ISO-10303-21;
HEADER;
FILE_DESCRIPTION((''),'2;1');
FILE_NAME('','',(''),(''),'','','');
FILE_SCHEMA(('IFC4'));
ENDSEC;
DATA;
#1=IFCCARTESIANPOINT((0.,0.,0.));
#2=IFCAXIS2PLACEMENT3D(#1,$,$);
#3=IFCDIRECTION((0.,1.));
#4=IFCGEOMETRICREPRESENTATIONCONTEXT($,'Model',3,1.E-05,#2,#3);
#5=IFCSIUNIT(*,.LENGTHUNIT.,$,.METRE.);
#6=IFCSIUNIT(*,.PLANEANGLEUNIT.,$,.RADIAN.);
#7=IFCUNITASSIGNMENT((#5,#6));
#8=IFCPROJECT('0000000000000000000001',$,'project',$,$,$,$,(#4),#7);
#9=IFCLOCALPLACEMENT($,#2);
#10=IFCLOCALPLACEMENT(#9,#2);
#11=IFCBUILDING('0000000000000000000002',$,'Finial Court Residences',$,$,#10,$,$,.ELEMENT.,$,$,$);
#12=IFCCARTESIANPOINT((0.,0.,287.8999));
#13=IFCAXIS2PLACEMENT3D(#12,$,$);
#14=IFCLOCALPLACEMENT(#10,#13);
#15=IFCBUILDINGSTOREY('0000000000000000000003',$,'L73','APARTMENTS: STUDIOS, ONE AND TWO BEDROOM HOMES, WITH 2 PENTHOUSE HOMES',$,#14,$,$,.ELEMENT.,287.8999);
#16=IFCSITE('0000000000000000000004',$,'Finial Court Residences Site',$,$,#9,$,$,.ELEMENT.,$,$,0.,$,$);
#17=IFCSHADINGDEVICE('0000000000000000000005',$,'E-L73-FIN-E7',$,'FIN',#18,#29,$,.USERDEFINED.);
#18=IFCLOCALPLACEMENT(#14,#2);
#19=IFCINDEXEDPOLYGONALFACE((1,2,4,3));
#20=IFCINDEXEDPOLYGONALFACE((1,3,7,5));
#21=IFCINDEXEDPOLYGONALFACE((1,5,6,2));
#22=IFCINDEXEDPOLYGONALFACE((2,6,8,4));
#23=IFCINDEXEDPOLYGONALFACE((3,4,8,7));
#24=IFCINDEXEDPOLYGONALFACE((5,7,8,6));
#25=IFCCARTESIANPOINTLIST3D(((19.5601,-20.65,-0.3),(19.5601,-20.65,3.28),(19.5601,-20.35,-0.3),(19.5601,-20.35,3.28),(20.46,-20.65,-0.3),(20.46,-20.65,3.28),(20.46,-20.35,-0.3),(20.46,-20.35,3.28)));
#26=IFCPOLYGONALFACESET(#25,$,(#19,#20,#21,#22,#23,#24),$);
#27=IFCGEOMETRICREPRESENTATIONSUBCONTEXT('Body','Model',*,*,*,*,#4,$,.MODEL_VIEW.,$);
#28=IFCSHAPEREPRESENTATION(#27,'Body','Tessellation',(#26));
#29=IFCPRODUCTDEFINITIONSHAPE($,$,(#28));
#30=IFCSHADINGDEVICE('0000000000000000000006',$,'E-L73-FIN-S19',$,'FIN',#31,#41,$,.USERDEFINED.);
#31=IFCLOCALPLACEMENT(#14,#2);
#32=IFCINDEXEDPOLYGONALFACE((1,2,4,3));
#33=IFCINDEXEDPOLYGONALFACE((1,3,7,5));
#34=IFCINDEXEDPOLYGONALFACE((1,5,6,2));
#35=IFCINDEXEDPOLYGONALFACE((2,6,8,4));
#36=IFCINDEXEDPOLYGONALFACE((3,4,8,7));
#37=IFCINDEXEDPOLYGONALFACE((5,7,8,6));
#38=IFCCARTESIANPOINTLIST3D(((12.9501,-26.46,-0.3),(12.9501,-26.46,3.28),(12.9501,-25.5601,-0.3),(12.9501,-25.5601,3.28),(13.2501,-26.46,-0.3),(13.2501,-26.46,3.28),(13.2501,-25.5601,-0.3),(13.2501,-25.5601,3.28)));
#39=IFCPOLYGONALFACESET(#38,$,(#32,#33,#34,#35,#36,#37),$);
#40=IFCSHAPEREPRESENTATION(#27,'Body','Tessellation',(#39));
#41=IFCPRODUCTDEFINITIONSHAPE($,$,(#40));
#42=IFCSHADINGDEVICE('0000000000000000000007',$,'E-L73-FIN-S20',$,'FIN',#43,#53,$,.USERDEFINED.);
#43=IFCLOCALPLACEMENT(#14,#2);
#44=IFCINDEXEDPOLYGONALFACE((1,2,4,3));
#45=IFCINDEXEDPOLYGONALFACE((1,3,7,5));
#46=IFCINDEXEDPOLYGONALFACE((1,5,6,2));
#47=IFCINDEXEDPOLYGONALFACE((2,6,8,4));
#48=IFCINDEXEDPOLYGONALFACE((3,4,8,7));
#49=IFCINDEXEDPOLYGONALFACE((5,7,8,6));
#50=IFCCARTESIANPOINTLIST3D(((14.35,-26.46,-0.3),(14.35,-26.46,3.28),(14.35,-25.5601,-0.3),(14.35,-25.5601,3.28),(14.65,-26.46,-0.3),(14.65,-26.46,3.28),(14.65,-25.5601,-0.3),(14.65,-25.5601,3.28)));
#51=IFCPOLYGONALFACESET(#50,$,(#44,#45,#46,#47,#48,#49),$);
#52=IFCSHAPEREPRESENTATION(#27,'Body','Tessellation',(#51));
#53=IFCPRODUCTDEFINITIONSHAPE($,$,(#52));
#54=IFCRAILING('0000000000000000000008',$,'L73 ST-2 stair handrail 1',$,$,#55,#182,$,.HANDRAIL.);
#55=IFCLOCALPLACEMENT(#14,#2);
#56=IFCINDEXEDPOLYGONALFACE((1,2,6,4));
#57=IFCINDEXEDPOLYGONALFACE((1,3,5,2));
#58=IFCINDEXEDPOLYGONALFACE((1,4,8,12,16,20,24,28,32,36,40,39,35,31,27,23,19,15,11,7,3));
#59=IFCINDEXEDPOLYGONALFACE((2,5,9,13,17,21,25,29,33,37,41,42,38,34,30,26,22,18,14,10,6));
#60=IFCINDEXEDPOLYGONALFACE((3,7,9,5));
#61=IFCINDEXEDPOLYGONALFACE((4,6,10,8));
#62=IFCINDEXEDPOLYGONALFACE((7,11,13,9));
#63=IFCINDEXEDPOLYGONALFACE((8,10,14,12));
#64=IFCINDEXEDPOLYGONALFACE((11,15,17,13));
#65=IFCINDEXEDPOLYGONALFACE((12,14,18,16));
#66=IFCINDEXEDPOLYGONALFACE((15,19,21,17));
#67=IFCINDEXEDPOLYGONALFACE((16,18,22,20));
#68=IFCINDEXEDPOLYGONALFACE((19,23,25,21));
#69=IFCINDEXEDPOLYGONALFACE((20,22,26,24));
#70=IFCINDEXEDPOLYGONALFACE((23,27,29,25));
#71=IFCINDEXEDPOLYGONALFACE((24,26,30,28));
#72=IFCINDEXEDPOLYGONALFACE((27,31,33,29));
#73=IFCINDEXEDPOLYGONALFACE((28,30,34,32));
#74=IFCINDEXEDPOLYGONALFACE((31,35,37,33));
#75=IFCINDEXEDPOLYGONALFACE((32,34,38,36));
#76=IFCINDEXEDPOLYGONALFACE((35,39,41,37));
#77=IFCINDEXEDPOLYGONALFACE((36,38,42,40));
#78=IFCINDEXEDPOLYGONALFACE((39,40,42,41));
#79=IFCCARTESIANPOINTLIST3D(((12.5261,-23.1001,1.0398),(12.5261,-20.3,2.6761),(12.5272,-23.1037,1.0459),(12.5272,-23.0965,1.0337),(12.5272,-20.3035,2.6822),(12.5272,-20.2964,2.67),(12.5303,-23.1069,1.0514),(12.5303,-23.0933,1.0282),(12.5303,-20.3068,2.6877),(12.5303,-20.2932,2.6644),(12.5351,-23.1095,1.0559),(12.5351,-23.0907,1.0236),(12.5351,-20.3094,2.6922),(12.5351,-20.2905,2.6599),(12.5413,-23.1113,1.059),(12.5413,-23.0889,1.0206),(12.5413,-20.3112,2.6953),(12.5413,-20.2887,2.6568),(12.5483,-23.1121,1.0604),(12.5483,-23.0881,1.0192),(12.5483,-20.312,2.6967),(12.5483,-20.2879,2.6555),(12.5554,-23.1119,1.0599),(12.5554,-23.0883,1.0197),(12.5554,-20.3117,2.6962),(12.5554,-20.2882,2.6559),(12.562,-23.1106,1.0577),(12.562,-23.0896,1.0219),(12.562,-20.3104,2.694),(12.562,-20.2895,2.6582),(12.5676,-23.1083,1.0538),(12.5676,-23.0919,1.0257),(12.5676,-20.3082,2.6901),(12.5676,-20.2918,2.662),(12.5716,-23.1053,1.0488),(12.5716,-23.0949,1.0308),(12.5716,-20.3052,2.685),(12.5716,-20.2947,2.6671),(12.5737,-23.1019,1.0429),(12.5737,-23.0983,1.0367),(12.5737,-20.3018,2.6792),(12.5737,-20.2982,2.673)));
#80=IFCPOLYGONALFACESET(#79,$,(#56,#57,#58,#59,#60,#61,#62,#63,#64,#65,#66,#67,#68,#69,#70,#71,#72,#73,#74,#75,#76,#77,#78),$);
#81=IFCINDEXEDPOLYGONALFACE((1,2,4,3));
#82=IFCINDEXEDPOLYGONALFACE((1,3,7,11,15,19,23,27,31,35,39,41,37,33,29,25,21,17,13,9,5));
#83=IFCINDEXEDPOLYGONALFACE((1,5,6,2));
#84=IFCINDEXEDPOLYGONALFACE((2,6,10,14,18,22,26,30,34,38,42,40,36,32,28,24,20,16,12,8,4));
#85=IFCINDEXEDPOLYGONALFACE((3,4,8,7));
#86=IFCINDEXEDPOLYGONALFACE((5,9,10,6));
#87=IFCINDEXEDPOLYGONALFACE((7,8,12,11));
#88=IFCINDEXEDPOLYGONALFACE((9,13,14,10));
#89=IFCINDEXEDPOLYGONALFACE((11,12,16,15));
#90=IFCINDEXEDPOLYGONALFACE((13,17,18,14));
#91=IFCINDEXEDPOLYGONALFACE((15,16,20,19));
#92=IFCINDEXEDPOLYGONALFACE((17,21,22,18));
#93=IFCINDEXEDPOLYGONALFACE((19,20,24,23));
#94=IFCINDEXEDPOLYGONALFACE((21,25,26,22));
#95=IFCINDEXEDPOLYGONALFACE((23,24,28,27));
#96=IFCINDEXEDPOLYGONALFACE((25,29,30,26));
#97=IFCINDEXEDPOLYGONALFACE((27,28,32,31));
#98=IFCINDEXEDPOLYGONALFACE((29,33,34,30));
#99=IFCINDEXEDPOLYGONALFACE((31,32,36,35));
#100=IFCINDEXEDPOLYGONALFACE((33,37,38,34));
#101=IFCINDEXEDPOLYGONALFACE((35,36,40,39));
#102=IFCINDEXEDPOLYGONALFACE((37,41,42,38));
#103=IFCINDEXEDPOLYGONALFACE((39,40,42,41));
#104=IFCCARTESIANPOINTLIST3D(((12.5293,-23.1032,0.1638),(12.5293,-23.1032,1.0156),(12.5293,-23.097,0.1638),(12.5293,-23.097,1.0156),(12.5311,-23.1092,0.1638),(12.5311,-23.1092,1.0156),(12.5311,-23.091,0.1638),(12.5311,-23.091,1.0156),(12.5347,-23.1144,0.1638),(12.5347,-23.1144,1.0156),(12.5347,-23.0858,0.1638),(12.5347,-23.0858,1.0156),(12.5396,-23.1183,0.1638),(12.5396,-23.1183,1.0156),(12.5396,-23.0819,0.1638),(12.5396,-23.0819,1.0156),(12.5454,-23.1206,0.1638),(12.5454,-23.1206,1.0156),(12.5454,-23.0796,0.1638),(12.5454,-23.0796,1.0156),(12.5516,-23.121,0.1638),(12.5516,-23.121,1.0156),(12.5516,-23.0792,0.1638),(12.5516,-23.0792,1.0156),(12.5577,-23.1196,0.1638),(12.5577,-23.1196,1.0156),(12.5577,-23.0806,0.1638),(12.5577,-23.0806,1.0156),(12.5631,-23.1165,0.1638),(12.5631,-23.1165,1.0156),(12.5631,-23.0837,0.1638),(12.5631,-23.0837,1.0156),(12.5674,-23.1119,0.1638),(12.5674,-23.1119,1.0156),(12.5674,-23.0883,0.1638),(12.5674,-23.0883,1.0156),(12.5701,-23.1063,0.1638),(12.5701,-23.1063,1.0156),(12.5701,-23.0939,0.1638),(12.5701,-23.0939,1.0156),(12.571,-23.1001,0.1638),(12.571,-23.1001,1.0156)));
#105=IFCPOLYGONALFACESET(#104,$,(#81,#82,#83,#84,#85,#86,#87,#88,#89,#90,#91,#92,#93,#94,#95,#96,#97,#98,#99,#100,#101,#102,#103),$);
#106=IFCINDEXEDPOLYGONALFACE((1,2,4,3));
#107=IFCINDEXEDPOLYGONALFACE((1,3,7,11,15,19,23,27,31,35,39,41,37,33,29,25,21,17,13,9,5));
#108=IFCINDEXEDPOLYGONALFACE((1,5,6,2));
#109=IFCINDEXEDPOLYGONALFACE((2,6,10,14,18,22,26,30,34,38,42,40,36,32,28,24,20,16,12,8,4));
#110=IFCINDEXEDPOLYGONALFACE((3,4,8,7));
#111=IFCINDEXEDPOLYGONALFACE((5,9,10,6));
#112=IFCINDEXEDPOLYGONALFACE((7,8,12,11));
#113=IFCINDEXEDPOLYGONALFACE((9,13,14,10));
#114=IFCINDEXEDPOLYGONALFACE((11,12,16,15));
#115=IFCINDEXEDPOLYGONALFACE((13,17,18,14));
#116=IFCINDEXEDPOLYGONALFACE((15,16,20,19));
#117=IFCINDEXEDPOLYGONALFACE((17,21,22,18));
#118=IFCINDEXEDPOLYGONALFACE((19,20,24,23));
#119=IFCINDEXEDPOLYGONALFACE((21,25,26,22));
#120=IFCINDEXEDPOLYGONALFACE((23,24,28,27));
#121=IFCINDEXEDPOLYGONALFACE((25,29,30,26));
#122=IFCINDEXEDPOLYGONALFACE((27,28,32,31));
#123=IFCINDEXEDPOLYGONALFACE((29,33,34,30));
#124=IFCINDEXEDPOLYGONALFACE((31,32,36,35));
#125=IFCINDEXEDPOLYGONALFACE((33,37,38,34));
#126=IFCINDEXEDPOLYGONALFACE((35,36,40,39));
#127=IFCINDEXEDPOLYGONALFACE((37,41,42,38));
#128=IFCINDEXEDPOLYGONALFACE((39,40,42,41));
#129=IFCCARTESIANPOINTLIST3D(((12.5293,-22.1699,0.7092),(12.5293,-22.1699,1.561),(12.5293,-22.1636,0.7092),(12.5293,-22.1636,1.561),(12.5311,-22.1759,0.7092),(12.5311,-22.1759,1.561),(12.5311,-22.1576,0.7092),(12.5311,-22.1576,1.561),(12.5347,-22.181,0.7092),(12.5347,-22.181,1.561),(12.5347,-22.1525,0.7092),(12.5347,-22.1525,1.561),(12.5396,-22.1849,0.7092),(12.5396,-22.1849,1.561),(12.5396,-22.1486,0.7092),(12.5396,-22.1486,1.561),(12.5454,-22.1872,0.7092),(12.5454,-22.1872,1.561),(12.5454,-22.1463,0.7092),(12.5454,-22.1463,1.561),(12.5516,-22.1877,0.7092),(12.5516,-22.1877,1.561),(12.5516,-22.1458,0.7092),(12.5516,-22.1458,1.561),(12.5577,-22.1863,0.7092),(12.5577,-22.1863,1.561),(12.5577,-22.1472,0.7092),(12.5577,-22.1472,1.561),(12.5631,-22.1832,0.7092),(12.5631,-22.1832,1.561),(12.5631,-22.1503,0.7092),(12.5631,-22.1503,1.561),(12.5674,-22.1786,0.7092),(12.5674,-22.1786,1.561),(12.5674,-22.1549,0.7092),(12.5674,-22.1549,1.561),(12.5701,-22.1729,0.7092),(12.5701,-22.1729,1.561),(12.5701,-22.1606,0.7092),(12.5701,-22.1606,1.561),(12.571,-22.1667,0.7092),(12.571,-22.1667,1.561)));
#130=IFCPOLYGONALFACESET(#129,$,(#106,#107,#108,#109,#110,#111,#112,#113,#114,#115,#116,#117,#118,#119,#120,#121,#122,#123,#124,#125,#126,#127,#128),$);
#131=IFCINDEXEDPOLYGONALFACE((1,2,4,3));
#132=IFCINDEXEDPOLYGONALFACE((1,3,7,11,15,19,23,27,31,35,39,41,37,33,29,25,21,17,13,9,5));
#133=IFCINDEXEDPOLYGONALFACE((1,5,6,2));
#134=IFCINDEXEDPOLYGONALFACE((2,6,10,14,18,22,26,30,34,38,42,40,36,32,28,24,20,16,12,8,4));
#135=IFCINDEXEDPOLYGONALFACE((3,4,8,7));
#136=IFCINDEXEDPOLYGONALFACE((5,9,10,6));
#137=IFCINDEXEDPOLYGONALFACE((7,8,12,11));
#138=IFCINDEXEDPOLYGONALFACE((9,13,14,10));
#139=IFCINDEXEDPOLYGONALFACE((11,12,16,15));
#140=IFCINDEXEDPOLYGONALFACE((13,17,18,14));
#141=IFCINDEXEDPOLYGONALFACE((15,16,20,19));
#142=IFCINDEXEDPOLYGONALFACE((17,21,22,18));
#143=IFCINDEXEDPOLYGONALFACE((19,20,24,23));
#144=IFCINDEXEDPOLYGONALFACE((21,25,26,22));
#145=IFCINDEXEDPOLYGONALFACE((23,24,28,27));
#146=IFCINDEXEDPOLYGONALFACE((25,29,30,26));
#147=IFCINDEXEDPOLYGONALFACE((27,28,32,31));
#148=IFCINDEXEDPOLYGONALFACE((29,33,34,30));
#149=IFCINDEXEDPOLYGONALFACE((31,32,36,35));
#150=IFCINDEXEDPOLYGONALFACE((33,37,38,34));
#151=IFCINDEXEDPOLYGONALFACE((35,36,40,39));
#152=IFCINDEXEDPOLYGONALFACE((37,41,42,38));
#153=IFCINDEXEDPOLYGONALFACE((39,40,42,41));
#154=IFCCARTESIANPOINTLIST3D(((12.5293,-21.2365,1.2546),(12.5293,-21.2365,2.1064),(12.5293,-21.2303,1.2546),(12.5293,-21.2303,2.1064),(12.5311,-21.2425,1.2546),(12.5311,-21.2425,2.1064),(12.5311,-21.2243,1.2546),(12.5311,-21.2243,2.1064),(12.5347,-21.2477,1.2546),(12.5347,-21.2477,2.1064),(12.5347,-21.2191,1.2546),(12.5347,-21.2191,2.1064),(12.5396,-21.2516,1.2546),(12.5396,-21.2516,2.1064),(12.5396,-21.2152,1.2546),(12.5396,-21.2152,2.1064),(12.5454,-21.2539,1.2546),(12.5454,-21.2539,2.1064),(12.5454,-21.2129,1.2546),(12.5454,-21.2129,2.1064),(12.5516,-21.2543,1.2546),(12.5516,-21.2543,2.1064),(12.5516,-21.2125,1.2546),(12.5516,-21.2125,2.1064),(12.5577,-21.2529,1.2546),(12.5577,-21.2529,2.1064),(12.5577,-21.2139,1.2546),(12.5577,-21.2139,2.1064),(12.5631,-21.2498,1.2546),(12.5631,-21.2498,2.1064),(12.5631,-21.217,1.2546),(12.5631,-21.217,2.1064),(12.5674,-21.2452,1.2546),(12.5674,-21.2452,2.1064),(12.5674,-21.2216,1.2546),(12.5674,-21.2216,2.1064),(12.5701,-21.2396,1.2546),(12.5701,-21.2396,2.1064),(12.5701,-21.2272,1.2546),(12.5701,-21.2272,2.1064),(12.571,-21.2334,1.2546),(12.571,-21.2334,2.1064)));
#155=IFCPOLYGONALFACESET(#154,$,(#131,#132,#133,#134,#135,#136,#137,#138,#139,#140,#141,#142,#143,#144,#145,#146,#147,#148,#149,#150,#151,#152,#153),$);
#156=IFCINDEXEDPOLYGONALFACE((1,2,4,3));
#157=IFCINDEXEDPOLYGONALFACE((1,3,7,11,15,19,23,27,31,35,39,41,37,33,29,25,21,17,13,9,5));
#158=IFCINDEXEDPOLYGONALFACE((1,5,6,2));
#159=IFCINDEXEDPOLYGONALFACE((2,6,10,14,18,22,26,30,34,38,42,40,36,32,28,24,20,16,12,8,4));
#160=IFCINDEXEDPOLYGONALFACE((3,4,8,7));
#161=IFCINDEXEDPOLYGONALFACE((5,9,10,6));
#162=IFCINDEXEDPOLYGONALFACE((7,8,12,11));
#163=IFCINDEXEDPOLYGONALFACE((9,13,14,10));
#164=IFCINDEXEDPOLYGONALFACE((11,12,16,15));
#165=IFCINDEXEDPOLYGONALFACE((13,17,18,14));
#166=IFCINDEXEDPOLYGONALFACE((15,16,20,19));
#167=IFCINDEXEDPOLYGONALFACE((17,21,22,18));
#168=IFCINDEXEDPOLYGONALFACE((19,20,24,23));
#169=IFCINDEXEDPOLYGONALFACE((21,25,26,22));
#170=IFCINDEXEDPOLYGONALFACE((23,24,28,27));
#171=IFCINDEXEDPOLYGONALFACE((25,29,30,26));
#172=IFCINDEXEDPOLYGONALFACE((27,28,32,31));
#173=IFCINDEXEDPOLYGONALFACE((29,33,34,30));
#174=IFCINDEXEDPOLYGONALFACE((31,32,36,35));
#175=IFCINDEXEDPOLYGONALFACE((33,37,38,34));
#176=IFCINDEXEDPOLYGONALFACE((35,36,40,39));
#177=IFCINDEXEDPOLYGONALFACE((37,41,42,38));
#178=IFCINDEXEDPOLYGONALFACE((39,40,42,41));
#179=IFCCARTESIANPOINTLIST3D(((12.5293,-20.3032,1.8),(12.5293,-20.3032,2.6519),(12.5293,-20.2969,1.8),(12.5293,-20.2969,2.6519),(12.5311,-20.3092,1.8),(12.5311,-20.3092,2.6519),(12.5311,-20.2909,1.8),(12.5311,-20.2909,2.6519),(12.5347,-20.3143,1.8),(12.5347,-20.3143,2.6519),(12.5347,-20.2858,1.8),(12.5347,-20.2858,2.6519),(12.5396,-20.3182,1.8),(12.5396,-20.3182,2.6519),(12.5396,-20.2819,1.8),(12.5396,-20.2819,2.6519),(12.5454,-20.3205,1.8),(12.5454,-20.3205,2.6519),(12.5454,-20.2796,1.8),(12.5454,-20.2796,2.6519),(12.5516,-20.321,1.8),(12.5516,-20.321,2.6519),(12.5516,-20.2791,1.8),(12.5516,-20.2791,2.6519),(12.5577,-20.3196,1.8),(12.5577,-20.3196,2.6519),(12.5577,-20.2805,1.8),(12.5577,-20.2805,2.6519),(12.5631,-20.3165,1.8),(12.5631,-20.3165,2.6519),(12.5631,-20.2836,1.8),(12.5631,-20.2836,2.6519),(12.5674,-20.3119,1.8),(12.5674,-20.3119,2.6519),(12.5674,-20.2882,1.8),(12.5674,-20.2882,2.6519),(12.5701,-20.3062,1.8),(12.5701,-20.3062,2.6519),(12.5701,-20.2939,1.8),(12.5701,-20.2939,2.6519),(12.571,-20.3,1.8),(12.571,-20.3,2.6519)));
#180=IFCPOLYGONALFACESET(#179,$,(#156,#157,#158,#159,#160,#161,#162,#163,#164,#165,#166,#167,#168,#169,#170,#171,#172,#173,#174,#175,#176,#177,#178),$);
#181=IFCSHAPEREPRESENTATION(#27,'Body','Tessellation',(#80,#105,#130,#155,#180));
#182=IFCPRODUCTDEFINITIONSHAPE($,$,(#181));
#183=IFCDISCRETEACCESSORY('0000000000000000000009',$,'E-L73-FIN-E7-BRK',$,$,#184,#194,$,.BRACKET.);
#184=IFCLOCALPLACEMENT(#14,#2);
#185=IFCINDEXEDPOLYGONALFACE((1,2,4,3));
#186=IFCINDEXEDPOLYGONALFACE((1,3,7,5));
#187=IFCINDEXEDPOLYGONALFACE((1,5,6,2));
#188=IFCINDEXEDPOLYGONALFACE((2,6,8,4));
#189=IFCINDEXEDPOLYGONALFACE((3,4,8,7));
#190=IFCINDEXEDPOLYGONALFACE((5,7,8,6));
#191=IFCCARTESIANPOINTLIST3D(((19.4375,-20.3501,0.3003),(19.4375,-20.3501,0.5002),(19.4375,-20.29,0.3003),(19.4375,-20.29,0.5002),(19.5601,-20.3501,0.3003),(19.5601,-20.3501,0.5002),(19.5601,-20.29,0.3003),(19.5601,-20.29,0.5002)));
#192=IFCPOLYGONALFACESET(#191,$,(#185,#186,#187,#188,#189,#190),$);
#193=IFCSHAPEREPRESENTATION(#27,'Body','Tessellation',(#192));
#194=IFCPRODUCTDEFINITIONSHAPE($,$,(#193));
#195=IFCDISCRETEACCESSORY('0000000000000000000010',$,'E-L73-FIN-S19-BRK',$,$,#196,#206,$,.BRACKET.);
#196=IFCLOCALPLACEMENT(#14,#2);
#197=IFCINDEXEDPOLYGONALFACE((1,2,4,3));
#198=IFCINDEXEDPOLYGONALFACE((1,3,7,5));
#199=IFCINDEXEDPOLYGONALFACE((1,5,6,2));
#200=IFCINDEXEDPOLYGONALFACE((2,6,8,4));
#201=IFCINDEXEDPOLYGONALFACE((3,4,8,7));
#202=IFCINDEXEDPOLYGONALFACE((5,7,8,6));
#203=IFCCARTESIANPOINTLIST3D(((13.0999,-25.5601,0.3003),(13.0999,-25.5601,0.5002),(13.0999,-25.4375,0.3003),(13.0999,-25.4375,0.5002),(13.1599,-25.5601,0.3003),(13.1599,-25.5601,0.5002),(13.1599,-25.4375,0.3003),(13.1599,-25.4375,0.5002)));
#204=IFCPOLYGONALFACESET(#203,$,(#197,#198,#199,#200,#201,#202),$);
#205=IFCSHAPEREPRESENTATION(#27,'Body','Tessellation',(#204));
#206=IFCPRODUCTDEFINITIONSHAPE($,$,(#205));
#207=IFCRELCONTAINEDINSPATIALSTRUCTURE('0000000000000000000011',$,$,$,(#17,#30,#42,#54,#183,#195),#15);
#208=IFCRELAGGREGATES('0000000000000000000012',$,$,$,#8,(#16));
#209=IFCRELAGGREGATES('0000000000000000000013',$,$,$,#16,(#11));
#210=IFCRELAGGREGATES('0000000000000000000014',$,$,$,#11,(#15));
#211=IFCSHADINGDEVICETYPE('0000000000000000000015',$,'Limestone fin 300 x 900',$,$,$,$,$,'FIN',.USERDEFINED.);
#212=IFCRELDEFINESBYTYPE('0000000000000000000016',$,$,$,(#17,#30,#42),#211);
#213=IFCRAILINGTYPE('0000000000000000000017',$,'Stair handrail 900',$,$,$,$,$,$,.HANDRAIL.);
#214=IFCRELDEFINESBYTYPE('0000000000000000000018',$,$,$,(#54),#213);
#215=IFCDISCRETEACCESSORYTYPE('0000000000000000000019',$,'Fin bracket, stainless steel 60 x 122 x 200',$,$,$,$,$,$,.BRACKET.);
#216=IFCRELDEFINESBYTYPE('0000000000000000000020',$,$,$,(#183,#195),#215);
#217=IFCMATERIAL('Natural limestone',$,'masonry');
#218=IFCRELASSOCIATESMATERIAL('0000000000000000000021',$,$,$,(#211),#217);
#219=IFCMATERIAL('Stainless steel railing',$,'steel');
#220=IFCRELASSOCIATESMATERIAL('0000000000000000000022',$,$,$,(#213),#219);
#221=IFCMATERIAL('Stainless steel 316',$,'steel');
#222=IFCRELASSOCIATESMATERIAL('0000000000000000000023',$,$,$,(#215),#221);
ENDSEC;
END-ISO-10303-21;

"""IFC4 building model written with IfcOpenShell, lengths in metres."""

from ifc_helpers import new_model, si_unit, direction, frame, origin, origin_2d, place, context, subcontext, project, spatial, rectangle, circle, extrude, material, type_object, element, save


model = new_model("IFC4")

# Units and contexts
model_context = context("Model", 3, precision=1e-05, world=origin(), true_north=direction((0.0, 1.0)))
body_context = subcontext(model_context, "Body", "Model", "MODEL_VIEW")
ifc_project = project(units=[si_unit("LENGTHUNIT", "METRE"), si_unit("PLANEANGLEUNIT", "RADIAN")], contexts=[model_context])

# Site, building, storey
site_placement = place(None, origin())
site = spatial("IfcSite", under=ifc_project, at=site_placement, Name="Finial Court Residences Site", CompositionType="ELEMENT", RefElevation=0.0)
building_placement = place(site_placement, origin())
building = spatial("IfcBuilding", under=site, at=building_placement, Name="Finial Court Residences", CompositionType="ELEMENT")
storey_placement = place(building_placement, frame((0.0, 0.0, 287.8999)))
storey = spatial("IfcBuildingStorey", under=building, at=storey_placement, Name="L73", Description="APARTMENTS: STUDIOS, ONE AND TWO BEDROOM HOMES, WITH 2 PENTHOUSE HOMES", CompositionType="ELEMENT", Elevation=287.8999)

# Shared definitions
ifc_material_1 = material(Name="Natural limestone", Category="masonry")

# Shading devices
shading_device_type = type_object("IfcShadingDeviceType", Name="Limestone fin 300 x 900", ElementType="FIN", PredefinedType="USERDEFINED", material=ifc_material_1)
shading_device_placement = place(storey_placement, frame((20.01, -20.5, -0.3), z_axis=(0.0, 0.0, 1.0), x_axis=(1.0, 0.0, 0.0)))
element("IfcShadingDevice", 1, at=shading_device_placement, inside=storey, type_object=shading_device_type, Name="E-L73-FIN-E7", ObjectType="FIN", PredefinedType="USERDEFINED", context=body_context, shape_type="SweptSolid", body=[
    extrude(rectangle(XDim=0.8999, YDim=0.3, at=origin_2d()), origin(), (0.0, 0.0, 1.0), 3.5801),
])
for number, where, z_axis, x_axis, name in (
    (2, (13.1001, -26.01, -0.3), (0.0, 0.0, 1.0), (1.0, 0.0, 0.0), "E-L73-FIN-S19"),
    (3, (14.5, -26.01, -0.3), (0.0, 0.0, 1.0), (1.0, 0.0, 0.0), "E-L73-FIN-S20"),
):
    element("IfcShadingDevice", number, at=place(storey_placement, frame(where, z_axis=z_axis, x_axis=x_axis)), inside=storey, type_object=shading_device_type, Name=name, ObjectType="FIN", PredefinedType="USERDEFINED", context=body_context, shape_type="SweptSolid", body=[
        extrude(rectangle(XDim=0.3, YDim=0.8999, at=origin_2d()), origin(), (0.0, 0.0, 1.0), 3.5801),
    ])

# Railing
ifc_material_2 = material(Name="Stainless steel railing", Category="steel")
railing_type = type_object("IfcRailingType", Name="Stair handrail 900", PredefinedType="HANDRAIL", material=ifc_material_2)
railing_placement = place(storey_placement, frame((12.55, -23.1001, 0.1638)))
element("IfcRailing", 4, at=railing_placement, inside=storey, type_object=railing_type, Name="L73 ST-2 stair handrail 1", PredefinedType="HANDRAIL", context=body_context, shape_type="SweptSolid", body=[
    extrude(circle(Radius=0.0239, at=origin_2d()), frame((0.0, 0.0, 0.876), z_axis=(0.0, 0.863394, 0.504531), x_axis=(-1.0, 0.0, 0.0)), (0.0, 0.0, 1.0), 3.2432),
    extrude(circle(Radius=0.021, at=origin_2d()), origin(), (0.0, 0.0, 1.0), 0.8518),
    extrude(circle(Radius=0.021, at=origin_2d()), frame((0.0, 0.9333, 0.5454)), (0.0, 0.0, 1.0), 0.8518),
    extrude(circle(Radius=0.021, at=origin_2d()), frame((0.0, 1.8667, 1.0908)), (0.0, 0.0, 1.0), 0.8518),
    extrude(circle(Radius=0.021, at=origin_2d()), frame((0.0, 2.8, 1.6362)), (0.0, 0.0, 1.0), 0.8518),
])

# Discrete accessories
ifc_material_3 = material(Name="Stainless steel 316", Category="steel")
discrete_accessory_type = type_object("IfcDiscreteAccessoryType", Name="Fin bracket, stainless steel 60 x 122 x 200", PredefinedType="BRACKET", material=ifc_material_3)
discrete_accessory_placement = place(storey_placement, frame((19.4988, -20.3201, 0.3003), z_axis=(0.0, 0.0, 1.0), x_axis=(1.0, 0.0, 0.0)))
element("IfcDiscreteAccessory", 5, at=discrete_accessory_placement, inside=storey, type_object=discrete_accessory_type, Name="E-L73-FIN-E7-BRK", PredefinedType="BRACKET", context=body_context, shape_type="SweptSolid", body=[
    extrude(rectangle(XDim=0.1226, YDim=0.0601, at=origin_2d()), origin(), (0.0, 0.0, 1.0), 0.2),
])
for number, where, z_axis, x_axis, name in (
    (6, (13.1299, -25.4988, 0.3003), (0.0, 0.0, 1.0), (1.0, 0.0, 0.0), "E-L73-FIN-S19-BRK"),
):
    element("IfcDiscreteAccessory", number, at=place(storey_placement, frame(where, z_axis=z_axis, x_axis=x_axis)), inside=storey, type_object=discrete_accessory_type, Name=name, PredefinedType="BRACKET", context=body_context, shape_type="SweptSolid", body=[
        extrude(rectangle(XDim=0.0601, YDim=0.1226, at=origin_2d()), origin(), (0.0, 0.0, 1.0), 0.2),
    ])

save(model, "model.ifc")
